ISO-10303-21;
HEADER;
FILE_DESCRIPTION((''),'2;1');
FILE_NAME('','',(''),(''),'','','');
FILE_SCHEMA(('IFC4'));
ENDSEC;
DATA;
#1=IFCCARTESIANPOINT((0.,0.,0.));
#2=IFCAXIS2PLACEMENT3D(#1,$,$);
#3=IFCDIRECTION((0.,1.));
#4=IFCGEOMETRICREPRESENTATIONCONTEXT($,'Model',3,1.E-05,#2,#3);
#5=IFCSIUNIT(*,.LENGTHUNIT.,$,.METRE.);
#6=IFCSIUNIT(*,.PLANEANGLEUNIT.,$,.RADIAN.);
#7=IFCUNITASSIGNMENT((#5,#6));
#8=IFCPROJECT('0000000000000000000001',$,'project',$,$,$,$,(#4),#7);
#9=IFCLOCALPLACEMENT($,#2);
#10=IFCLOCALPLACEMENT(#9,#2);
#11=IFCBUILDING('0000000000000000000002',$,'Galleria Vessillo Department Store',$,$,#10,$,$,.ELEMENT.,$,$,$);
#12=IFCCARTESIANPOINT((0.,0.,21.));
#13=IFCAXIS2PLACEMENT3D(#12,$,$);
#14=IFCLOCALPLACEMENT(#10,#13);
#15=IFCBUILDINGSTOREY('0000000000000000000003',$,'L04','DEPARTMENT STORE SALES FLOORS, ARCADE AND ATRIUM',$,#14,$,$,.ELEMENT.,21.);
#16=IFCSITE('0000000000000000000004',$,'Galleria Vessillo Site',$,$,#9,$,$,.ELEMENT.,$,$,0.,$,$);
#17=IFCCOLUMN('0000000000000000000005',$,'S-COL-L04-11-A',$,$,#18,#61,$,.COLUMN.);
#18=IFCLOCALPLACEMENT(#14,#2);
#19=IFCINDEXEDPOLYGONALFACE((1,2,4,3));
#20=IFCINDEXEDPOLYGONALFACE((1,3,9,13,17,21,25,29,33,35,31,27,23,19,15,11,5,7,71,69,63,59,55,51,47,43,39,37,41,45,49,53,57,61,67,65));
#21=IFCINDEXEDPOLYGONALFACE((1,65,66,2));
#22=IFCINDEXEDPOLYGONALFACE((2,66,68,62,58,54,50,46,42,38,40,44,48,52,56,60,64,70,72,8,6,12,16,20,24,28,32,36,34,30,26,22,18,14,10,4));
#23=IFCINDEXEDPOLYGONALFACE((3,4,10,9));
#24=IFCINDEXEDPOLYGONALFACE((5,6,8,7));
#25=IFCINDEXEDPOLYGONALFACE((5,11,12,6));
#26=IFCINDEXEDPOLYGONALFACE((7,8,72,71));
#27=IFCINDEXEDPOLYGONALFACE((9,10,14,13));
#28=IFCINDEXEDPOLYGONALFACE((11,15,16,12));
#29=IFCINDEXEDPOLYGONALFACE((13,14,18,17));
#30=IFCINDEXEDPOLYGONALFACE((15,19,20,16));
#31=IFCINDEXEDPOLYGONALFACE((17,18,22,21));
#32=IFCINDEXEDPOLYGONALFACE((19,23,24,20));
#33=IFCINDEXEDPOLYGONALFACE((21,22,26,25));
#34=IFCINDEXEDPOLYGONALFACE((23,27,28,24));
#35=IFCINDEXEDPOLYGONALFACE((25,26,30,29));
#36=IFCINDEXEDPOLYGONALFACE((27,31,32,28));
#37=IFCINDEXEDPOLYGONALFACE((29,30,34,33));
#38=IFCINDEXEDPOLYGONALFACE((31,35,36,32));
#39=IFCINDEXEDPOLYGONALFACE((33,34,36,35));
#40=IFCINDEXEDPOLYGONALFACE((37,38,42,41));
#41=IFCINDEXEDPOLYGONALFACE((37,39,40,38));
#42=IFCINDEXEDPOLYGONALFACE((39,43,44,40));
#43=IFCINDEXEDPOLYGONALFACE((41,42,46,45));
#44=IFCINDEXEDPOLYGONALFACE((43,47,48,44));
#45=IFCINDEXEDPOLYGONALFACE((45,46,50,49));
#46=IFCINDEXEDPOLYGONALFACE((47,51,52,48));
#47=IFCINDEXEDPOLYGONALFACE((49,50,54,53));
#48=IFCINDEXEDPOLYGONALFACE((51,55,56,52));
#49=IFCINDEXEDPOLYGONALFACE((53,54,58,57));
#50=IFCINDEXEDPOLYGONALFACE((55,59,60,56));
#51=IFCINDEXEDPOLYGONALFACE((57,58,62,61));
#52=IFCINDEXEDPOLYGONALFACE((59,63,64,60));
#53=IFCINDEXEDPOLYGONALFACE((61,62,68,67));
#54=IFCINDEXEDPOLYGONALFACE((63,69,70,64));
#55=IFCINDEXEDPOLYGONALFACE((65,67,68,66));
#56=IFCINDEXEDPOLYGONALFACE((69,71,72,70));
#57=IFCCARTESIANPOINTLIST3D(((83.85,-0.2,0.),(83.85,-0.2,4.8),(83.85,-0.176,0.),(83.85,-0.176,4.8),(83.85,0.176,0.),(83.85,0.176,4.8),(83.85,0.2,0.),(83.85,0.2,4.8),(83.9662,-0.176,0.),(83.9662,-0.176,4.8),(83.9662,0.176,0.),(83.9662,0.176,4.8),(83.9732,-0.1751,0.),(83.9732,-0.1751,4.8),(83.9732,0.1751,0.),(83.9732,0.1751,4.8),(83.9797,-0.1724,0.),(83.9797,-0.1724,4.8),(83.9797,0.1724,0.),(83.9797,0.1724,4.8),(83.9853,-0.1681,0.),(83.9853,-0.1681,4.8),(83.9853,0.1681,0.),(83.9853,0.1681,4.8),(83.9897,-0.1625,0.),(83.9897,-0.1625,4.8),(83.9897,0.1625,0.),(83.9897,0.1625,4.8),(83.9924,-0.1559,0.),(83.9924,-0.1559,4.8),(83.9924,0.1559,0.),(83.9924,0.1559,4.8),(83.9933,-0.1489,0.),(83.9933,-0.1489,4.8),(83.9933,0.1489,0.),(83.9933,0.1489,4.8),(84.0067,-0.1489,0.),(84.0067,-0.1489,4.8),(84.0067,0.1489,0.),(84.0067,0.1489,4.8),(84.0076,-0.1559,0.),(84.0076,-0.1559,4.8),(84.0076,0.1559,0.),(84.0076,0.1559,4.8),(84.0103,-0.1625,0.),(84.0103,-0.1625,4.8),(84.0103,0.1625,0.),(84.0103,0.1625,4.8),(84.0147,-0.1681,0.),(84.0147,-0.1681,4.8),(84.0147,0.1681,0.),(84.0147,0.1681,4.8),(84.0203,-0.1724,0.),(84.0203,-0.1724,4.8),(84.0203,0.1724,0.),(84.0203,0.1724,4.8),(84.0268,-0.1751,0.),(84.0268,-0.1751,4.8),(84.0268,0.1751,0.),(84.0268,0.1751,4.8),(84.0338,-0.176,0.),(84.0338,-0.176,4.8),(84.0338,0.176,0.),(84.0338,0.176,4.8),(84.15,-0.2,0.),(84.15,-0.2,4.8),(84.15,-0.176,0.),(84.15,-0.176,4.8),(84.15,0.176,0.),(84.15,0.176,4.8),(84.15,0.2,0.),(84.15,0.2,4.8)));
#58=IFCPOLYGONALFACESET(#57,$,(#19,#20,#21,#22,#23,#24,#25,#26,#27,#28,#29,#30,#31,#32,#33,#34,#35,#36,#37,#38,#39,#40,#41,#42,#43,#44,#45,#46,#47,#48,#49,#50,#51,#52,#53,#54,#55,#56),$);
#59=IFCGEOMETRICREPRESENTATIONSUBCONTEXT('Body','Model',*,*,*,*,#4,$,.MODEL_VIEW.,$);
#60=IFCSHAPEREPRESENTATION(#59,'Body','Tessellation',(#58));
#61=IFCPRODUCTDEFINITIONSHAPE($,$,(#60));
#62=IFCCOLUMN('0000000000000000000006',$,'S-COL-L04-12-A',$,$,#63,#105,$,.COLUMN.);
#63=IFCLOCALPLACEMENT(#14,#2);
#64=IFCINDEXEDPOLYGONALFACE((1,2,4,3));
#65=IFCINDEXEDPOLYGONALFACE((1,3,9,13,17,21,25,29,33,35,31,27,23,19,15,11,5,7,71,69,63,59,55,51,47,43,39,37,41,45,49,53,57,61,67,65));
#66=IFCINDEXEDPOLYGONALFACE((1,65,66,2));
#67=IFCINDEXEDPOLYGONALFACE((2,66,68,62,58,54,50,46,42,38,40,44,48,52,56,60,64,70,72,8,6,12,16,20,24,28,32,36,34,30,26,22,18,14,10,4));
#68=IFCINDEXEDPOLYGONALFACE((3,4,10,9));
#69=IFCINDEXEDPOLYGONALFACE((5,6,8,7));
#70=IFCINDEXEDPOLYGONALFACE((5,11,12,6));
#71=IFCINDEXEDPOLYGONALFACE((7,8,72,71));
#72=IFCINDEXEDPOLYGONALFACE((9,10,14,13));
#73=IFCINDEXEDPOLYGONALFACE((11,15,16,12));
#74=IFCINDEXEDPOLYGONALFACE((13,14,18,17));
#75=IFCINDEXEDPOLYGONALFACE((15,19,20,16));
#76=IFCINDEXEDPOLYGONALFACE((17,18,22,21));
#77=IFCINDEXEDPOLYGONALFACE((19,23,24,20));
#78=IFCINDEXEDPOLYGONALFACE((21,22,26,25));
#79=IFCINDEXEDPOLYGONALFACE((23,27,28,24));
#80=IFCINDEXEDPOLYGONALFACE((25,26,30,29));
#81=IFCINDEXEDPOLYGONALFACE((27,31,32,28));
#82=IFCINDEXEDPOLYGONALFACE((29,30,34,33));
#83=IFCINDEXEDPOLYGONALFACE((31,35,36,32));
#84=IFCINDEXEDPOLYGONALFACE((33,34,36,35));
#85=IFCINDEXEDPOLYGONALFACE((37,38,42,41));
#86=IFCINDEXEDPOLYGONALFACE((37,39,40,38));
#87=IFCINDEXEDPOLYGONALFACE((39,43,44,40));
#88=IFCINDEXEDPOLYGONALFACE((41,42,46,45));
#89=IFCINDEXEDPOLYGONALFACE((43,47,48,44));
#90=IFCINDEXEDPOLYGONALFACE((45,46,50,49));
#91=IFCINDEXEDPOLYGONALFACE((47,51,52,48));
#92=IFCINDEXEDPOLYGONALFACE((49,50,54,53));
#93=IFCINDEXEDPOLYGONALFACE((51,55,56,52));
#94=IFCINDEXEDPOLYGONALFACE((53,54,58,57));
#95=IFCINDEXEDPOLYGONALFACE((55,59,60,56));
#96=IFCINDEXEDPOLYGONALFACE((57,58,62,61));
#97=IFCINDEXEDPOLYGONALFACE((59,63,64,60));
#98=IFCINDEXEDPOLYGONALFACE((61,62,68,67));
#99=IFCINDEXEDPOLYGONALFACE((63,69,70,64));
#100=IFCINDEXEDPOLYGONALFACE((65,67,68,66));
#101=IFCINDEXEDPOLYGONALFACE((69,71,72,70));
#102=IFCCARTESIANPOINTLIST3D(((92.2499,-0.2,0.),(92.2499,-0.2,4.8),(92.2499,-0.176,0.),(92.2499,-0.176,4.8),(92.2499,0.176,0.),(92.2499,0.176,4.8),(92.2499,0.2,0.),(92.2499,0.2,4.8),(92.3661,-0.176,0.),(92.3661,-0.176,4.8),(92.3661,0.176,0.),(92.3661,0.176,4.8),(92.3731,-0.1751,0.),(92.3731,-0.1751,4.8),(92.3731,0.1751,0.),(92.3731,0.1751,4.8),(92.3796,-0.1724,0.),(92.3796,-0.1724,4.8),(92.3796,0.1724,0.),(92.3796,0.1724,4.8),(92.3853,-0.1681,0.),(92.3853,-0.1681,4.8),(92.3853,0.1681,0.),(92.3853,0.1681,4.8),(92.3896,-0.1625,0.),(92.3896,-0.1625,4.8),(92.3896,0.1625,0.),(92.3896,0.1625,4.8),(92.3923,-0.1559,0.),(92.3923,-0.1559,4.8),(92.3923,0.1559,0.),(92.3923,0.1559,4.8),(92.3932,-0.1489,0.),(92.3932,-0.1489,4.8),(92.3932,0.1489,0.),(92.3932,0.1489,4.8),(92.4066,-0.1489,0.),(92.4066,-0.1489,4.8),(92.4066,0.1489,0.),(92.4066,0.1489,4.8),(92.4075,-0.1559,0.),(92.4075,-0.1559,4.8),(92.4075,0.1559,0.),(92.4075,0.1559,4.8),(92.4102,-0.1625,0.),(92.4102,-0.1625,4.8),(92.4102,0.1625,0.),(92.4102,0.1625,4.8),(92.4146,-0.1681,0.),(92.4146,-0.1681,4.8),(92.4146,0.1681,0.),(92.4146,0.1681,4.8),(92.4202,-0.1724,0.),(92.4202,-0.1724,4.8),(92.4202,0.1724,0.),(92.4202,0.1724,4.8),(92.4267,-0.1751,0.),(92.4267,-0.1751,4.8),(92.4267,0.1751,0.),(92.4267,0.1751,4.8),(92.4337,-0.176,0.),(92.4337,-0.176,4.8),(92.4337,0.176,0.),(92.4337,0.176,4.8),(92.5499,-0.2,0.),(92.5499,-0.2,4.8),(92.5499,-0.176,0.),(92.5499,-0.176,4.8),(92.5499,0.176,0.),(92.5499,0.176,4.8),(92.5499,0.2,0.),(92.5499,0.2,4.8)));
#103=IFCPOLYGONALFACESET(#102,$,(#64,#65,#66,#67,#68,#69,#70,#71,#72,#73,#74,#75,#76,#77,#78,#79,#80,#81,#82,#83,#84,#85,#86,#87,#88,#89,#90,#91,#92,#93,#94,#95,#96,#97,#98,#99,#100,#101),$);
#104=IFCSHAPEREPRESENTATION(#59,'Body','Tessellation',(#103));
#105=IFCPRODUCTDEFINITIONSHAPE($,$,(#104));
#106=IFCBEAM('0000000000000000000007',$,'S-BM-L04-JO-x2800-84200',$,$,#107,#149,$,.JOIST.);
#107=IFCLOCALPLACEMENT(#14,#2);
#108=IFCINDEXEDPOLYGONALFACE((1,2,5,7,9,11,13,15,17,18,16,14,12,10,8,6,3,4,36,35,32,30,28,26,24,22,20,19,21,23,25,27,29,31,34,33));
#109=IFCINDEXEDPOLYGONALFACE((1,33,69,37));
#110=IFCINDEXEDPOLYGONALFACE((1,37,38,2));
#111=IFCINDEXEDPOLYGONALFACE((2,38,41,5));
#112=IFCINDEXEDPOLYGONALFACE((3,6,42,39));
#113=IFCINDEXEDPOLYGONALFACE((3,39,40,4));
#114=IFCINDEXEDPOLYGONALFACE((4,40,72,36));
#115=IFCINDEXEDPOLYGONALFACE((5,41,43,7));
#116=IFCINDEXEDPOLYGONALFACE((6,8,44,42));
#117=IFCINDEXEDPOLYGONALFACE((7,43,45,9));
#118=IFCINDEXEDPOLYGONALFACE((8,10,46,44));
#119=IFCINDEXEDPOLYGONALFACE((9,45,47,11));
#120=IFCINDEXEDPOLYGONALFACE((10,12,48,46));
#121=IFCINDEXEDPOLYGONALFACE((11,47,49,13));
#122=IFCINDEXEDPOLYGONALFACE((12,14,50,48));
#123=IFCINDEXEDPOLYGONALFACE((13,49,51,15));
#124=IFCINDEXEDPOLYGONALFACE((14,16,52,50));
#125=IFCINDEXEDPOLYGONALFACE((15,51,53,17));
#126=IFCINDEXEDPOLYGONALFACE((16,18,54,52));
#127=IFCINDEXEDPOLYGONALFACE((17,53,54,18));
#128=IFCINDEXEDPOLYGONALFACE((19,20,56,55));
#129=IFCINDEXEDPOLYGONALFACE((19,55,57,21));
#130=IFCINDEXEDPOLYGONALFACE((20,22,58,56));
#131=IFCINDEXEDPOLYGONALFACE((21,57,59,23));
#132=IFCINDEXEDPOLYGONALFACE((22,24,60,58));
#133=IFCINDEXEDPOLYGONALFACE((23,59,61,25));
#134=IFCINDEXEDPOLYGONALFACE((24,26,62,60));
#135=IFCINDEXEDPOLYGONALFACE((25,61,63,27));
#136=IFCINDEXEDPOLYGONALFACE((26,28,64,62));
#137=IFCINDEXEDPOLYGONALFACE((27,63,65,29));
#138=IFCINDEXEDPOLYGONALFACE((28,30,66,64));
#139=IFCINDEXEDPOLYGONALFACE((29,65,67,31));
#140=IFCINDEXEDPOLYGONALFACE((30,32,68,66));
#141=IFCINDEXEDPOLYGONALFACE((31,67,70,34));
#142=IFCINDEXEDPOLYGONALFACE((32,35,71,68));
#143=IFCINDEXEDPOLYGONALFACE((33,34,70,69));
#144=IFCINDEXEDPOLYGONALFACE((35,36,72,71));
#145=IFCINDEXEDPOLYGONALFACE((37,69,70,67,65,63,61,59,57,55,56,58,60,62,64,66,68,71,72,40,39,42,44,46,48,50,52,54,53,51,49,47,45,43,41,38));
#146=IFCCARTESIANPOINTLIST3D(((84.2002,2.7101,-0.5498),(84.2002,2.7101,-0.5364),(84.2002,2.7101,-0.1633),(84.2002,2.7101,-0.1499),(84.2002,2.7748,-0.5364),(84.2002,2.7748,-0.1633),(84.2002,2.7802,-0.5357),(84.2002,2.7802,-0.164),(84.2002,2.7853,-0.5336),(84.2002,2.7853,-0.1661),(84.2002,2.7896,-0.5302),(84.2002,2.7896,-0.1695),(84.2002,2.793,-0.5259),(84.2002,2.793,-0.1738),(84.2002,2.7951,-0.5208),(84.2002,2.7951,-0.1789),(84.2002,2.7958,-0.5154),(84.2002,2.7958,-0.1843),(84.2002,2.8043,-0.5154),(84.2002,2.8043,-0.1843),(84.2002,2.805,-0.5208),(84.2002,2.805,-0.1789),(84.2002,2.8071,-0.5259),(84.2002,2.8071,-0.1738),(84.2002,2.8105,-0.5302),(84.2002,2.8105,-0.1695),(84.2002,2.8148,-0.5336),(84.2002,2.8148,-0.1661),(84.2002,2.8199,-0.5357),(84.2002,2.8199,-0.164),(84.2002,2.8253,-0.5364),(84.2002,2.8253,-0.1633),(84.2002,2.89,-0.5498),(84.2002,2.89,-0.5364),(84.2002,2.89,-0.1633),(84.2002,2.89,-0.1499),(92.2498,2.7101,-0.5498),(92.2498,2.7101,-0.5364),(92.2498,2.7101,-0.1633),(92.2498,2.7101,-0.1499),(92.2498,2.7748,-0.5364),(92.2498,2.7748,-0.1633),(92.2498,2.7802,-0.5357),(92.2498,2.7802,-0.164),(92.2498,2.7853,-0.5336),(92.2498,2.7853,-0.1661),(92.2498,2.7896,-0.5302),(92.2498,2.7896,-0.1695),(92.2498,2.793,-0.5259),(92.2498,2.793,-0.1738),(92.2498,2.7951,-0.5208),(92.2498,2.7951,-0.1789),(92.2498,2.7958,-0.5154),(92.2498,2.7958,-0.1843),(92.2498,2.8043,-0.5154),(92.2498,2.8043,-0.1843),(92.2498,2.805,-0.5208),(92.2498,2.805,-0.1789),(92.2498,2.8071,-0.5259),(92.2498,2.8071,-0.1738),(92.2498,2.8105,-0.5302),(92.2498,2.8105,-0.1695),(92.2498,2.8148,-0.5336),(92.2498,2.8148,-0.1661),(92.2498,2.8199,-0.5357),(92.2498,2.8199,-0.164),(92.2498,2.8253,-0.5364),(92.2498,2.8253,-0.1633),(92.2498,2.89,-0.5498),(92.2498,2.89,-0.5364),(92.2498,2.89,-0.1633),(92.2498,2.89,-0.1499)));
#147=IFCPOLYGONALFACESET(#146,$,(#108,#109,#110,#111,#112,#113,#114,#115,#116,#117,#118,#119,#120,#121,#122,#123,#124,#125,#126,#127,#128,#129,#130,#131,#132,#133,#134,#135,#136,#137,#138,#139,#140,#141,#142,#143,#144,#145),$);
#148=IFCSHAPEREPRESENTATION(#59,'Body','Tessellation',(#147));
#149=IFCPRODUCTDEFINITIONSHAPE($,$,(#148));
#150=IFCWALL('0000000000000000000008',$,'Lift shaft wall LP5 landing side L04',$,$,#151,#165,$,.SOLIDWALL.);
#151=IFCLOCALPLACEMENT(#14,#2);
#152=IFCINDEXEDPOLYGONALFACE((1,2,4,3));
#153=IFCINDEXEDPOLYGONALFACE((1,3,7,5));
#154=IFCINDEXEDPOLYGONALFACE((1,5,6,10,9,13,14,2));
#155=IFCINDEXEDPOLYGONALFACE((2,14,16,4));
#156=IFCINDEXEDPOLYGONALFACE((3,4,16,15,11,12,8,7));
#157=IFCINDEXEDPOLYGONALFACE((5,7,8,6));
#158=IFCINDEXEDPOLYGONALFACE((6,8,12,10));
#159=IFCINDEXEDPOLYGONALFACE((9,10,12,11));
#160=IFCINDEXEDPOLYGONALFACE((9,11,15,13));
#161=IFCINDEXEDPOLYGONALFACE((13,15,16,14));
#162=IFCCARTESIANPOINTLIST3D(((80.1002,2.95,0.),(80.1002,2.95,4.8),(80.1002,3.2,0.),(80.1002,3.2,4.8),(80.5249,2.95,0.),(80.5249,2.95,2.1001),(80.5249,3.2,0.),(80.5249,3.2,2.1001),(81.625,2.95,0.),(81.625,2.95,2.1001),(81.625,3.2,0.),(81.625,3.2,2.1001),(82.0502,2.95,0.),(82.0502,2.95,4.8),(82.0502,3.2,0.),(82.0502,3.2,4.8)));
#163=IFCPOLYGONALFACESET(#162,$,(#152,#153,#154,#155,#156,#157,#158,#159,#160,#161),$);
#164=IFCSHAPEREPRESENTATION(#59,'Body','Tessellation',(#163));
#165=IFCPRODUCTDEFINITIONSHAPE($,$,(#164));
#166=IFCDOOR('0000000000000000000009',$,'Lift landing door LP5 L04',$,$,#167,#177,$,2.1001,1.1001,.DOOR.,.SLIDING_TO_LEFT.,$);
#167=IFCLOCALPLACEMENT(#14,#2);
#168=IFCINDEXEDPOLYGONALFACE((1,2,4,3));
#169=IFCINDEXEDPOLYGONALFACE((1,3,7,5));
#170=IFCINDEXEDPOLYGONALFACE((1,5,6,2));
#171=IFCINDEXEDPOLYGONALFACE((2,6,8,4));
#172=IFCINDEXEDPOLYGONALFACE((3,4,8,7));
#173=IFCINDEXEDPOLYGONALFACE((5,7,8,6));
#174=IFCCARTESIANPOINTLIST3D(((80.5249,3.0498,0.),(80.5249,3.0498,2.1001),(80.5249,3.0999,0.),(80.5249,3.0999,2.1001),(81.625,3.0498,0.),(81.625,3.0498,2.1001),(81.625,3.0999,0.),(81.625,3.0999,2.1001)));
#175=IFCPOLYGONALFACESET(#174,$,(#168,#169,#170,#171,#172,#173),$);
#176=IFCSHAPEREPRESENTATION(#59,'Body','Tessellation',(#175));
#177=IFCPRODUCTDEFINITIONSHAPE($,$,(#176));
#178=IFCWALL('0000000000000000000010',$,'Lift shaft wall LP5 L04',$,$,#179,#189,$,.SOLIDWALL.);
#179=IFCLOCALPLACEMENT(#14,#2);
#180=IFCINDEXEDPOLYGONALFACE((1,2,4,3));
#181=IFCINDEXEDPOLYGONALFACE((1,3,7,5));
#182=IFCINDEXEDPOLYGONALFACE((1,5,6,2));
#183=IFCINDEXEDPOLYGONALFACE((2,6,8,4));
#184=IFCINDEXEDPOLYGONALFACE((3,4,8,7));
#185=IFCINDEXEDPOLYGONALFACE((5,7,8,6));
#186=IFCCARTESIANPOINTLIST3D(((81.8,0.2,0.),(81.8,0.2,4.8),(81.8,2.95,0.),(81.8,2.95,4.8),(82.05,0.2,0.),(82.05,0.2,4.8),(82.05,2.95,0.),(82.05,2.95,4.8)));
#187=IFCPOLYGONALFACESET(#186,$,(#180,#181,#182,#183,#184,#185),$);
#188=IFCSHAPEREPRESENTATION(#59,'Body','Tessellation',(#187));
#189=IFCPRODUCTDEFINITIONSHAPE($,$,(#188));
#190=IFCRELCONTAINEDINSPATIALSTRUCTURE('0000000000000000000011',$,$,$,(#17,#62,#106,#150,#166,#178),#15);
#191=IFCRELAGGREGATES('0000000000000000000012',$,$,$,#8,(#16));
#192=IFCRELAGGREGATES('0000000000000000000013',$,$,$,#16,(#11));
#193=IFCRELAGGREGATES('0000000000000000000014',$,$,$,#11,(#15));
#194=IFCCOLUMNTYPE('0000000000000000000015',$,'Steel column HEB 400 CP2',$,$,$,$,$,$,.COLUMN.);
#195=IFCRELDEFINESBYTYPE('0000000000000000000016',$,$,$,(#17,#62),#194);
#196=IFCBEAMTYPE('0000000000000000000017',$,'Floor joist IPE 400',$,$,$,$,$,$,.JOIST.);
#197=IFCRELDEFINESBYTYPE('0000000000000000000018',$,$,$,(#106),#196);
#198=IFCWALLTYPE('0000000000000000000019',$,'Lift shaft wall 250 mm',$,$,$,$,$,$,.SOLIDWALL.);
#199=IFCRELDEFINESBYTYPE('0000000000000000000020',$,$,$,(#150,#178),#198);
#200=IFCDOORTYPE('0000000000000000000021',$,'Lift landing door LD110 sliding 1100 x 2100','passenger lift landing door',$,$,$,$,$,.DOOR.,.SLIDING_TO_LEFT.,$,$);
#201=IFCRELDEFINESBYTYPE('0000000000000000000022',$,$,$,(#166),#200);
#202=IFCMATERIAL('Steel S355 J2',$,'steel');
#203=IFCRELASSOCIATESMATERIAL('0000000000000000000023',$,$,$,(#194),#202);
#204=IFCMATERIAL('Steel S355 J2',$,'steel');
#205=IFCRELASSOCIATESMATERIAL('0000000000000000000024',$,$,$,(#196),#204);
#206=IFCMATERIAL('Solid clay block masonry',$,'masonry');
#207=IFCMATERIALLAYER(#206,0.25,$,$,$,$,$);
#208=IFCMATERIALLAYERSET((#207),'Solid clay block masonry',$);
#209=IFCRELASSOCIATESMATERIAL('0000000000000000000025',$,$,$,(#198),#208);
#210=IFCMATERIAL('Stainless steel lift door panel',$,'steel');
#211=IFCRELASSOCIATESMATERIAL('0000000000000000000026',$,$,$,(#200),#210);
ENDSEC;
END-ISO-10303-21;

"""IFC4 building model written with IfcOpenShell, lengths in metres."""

from ifc_helpers import new_model, si_unit, direction, frame, frame_2d, origin, origin_2d, place, context, subcontext, project, spatial, rectangle, i_section, extrude, material, layer, layer_set, material_profile, profile_set, type_object, element, fill, save


model = new_model("IFC4")

# Units and contexts
model_context = context("Model", 3, precision=1e-05, world=origin(), true_north=direction((0.0, 1.0)))
body_context = subcontext(model_context, "Body", "Model", "MODEL_VIEW")
ifc_project = project(units=[si_unit("LENGTHUNIT", "METRE"), si_unit("PLANEANGLEUNIT", "RADIAN")], contexts=[model_context])

# Site, building, storey
site_placement = place(None, origin())
site = spatial("IfcSite", under=ifc_project, at=site_placement, Name="Galleria Vessillo Site", CompositionType="ELEMENT", RefElevation=0.0)
building_placement = place(site_placement, origin())
building = spatial("IfcBuilding", under=site, at=building_placement, Name="Galleria Vessillo Department Store", CompositionType="ELEMENT")
storey_placement = place(building_placement, frame((0.0, 0.0, 21.0)))
storey = spatial("IfcBuildingStorey", under=building, at=storey_placement, Name="L04", Description="DEPARTMENT STORE SALES FLOORS, ARCADE AND ATRIUM", CompositionType="ELEMENT", Elevation=21.0)

# Columns
ifc_material_1 = material(Name="Steel S355 J2", Category="steel")
ifc_material_profile_1 = material_profile(ifc_material_1, i_section(OverallWidth=0.3, OverallDepth=0.3999, WebThickness=0.0134, FlangeThickness=0.0239, FilletRadius=0.0271, at=origin_2d()), Name="HEB 400")
ifc_profile_set_1 = profile_set([ifc_material_profile_1], Name="Steel S355 J2")
column_type = type_object("IfcColumnType", Name="Steel column HEB 400 CP2", PredefinedType="COLUMN", material=ifc_profile_set_1)
for number, where, z_axis, x_axis, name in (
    (1, (84.0, 0.0, 0.0), (0.0, 0.0, 1.0), (1.0, 0.0, 0.0), "S-COL-L04-11-A"),
    (2, (92.3999, 0.0, 0.0), (0.0, 0.0, 1.0), (1.0, 0.0, 0.0), "S-COL-L04-12-A"),
):
    element("IfcColumn", number, at=place(storey_placement, frame(where, z_axis=z_axis, x_axis=x_axis)), inside=storey, type_object=column_type, Name=name, PredefinedType="COLUMN", context=body_context, shape_type="SweptSolid", body=[
        extrude(i_section(OverallWidth=0.3, OverallDepth=0.3999, WebThickness=0.0134, FlangeThickness=0.0239, FilletRadius=0.0271, at=origin_2d()), origin(), (0.0, 0.0, 1.0), 4.8),
    ])

# Beam
ifc_material_2 = material(Name="Steel S355 J2", Category="steel")
ifc_material_profile_2 = material_profile(ifc_material_2, i_section(OverallWidth=0.1799, OverallDepth=0.3999, WebThickness=0.0085, FlangeThickness=0.0134, FilletRadius=0.021, at=origin_2d()), Name="IPE 400")
ifc_profile_set_2 = profile_set([ifc_material_profile_2], Name="Steel S355 J2")
beam_type = type_object("IfcBeamType", Name="Floor joist IPE 400", PredefinedType="JOIST", material=ifc_profile_set_2)
beam_placement = place(storey_placement, frame((84.2002, 2.8, -0.3499), z_axis=(1.0, 0.0, 0.0), x_axis=(0.0, 1.0, 0.0)))
element("IfcBeam", 3, at=beam_placement, inside=storey, type_object=beam_type, Name="S-BM-L04-JO-x2800-84200", PredefinedType="JOIST", context=body_context, shape_type="SweptSolid", body=[
    extrude(i_section(OverallWidth=0.1799, OverallDepth=0.3999, WebThickness=0.0085, FlangeThickness=0.0134, FilletRadius=0.021, at=origin_2d()), origin(), (0.0, 0.0, 1.0), 8.0496),
])

# Wall, opening, door
ifc_material_3 = material(Name="Solid clay block masonry", Category="masonry")
ifc_layer_1 = layer(ifc_material_3, 0.25)
ifc_layer_set_1 = layer_set([ifc_layer_1], Name="Solid clay block masonry")
wall_type_1 = type_object("IfcWallType", Name="Lift shaft wall 250 mm", PredefinedType="SOLIDWALL", material=ifc_layer_set_1)
wall_1_placement = place(storey_placement, frame((80.1001, 3.075, 0.0), z_axis=(0.0, 0.0, 1.0), x_axis=(1.0, 0.0, 0.0)))
wall_1 = element("IfcWall", 4, at=wall_1_placement, inside=storey, type_object=wall_type_1, Name="Lift shaft wall LP5 landing side L04", PredefinedType="SOLIDWALL", context=body_context, shape_type="SweptSolid", body=[
    extrude(rectangle(XDim=1.95, YDim=0.25, at=frame_2d((0.9751, 0.0))), origin(), (0.0, 0.0, 1.0), 4.8),
])
opening_1_placement = place(wall_1_placement, frame((0.4248, 0.0, 0.0)))
opening_1 = element("IfcOpeningElement", 5, at=opening_1_placement, cuts=wall_1, PredefinedType="OPENING", context=body_context, shape_type="SweptSolid", body=[
    extrude(rectangle(XDim=1.1001, YDim=2.1001, at=frame_2d((0.55, 1.05))), frame((0.0, 0.135, 0.0), z_axis=(0.0, -1.0, 0.0), x_axis=(1.0, 0.0, 0.0)), (0.0, 0.0, 1.0), 0.27),
])
ifc_material_4 = material(Name="Stainless steel lift door panel", Category="steel")
door_type_1 = type_object("IfcDoorType", Name="Lift landing door LD110 sliding 1100 x 2100", Description="passenger lift landing door", OperationType="SLIDING_TO_LEFT", PredefinedType="DOOR", material=ifc_material_4)
door_1_placement = place(opening_1_placement, origin())
door_1 = element("IfcDoor", 6, at=door_1_placement, inside=storey, type_object=door_type_1, Name="Lift landing door LP5 L04", OperationType="SLIDING_TO_LEFT", OverallHeight=2.1001, OverallWidth=1.1001, PredefinedType="DOOR", context=body_context, shape_type="SweptSolid", body=[
    extrude(rectangle(XDim=1.1001, YDim=2.1001, at=frame_2d((0.55, 1.05))), frame((0.0, 0.0249, 0.0), z_axis=(0.0, -1.0, 0.0), x_axis=(1.0, 0.0, 0.0)), (0.0, 0.0, 1.0), 0.05),
])
fill(opening_1, door_1)

# Wall
wall_2_placement = place(storey_placement, frame((81.925, 0.2, 0.0), z_axis=(0.0, 0.0, 1.0), x_axis=(0.0, 1.0, 0.0)))
element("IfcWall", 7, at=wall_2_placement, inside=storey, type_object=wall_type_1, Name="Lift shaft wall LP5 L04", PredefinedType="SOLIDWALL", context=body_context, shape_type="SweptSolid", body=[
    extrude(rectangle(XDim=2.75, YDim=0.25, at=frame_2d((1.375, 0.0))), origin(), (0.0, 0.0, 1.0), 4.8),
])

save(model, "model.ifc")
